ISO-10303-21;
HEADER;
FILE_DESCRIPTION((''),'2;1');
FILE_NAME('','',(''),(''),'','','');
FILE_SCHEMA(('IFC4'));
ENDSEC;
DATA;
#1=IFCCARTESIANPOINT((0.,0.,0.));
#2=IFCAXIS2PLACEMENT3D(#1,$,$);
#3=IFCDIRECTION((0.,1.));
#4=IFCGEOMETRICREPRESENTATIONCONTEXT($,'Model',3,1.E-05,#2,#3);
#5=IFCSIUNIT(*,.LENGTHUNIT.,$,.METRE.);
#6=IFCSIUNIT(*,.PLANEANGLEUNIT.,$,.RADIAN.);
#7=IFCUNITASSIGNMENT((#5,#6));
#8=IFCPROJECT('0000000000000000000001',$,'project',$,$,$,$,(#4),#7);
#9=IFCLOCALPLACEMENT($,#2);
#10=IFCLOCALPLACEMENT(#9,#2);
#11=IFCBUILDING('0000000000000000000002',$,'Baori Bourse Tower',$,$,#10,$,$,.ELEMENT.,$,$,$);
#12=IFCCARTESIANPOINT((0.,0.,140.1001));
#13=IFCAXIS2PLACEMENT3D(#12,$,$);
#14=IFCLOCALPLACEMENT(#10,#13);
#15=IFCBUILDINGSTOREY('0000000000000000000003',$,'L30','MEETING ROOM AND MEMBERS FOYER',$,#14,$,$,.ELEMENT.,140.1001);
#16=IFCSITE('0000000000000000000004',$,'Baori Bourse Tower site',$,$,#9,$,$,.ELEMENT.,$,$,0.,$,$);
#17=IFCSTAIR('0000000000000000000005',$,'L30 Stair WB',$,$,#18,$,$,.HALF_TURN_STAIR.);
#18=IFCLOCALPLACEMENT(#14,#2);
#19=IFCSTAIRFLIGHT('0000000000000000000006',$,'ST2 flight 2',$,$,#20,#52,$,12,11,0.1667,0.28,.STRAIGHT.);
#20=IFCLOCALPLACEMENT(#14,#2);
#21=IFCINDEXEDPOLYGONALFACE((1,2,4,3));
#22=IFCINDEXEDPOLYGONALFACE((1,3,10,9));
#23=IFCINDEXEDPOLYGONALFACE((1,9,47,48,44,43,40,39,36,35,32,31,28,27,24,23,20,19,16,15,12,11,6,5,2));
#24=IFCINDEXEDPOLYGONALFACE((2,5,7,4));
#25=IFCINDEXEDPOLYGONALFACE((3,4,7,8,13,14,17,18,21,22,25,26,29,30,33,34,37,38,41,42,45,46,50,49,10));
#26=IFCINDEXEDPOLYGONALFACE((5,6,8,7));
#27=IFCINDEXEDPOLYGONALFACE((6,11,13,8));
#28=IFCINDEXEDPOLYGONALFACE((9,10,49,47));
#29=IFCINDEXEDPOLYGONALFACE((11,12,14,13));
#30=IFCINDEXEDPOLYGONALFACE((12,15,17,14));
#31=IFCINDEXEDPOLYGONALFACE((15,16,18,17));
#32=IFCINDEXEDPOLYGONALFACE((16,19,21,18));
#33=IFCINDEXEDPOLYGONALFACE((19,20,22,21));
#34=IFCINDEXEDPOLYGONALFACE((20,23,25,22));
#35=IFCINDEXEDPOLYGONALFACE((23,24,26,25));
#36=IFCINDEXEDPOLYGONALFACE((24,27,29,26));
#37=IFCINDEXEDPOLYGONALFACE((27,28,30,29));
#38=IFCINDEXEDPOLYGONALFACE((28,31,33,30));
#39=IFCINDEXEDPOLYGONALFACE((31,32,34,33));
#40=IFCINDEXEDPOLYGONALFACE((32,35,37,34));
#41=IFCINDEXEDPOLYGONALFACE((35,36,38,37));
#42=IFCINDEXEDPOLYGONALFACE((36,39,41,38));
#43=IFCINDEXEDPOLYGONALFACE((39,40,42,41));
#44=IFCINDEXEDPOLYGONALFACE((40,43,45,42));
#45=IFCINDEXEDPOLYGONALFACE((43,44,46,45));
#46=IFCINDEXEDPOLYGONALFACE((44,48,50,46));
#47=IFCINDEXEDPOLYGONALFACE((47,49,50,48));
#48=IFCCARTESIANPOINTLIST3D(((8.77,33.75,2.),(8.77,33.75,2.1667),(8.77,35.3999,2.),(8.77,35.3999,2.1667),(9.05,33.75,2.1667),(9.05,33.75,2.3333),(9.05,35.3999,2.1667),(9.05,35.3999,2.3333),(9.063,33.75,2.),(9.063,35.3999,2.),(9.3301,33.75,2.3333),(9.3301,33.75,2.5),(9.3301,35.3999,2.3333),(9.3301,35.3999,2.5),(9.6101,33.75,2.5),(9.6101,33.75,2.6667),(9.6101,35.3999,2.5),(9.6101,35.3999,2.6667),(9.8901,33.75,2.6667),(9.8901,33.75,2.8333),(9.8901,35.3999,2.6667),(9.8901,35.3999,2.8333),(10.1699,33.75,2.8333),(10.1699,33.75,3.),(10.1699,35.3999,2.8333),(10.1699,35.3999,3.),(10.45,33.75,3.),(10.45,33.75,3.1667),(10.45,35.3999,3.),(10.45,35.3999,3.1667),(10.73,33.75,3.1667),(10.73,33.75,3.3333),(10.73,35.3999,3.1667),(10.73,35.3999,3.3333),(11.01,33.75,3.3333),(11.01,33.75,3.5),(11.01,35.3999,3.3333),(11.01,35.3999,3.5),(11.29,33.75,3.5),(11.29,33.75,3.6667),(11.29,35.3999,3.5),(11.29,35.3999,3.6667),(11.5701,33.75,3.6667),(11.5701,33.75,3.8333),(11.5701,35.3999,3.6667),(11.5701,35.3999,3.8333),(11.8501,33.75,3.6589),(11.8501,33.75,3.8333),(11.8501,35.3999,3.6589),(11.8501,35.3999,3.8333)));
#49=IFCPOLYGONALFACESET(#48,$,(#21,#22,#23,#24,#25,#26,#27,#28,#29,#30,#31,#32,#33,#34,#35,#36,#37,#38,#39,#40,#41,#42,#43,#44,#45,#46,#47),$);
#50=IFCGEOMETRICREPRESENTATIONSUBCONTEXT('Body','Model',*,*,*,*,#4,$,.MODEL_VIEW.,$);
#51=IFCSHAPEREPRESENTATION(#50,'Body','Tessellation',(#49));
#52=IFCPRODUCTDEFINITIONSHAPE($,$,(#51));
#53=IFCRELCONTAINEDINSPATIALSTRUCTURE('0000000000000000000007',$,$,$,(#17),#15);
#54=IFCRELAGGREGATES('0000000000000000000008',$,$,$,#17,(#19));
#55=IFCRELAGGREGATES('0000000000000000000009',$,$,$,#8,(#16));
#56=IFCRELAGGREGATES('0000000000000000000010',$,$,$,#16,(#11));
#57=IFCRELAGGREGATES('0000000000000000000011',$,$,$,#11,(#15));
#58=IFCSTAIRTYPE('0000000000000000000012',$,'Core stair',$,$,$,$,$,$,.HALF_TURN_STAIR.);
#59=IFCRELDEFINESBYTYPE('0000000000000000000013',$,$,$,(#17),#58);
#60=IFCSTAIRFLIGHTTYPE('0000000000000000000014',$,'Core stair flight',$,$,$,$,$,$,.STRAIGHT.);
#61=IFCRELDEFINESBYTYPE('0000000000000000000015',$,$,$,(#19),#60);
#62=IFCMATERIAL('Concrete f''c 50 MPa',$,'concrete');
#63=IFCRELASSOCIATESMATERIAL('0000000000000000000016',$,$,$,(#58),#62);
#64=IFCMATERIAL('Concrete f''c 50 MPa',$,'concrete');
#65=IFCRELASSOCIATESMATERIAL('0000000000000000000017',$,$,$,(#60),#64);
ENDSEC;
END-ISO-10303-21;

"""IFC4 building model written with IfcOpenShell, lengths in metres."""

from ifc_helpers import new_model, si_unit, direction, frame, origin, place, context, subcontext, project, spatial, polyline, outline, extrude, material, type_object, element, aggregate, save


model = new_model("IFC4")

# Units and contexts
model_context = context("Model", 3, precision=1e-05, world=origin(), true_north=direction((0.0, 1.0)))
body_context = subcontext(model_context, "Body", "Model", "MODEL_VIEW")
ifc_project = project(units=[si_unit("LENGTHUNIT", "METRE"), si_unit("PLANEANGLEUNIT", "RADIAN")], contexts=[model_context])

# Site, building, storey
site_placement = place(None, origin())
site = spatial("IfcSite", under=ifc_project, at=site_placement, Name="Baori Bourse Tower site", CompositionType="ELEMENT", RefElevation=0.0)
building_placement = place(site_placement, origin())
building = spatial("IfcBuilding", under=site, at=building_placement, Name="Baori Bourse Tower", CompositionType="ELEMENT")
storey_placement = place(building_placement, frame((0.0, 0.0, 140.1001)))
storey = spatial("IfcBuildingStorey", under=building, at=storey_placement, Name="L30", Description="MEETING ROOM AND MEMBERS FOYER", CompositionType="ELEMENT", Elevation=140.1001)

# Stair, stair flight
ifc_material_1 = material(Name="Concrete f'c 50 MPa", Category="concrete")
stair_type = type_object("IfcStairType", Name="Core stair", PredefinedType="HALF_TURN_STAIR", material=ifc_material_1)
stair_placement = place(storey_placement, origin())
stair = element("IfcStair", 1, at=stair_placement, inside=storey, type_object=stair_type, Name="L30 Stair WB", PredefinedType="HALF_TURN_STAIR")
ifc_material_2 = material(Name="Concrete f'c 50 MPa", Category="concrete")
stair_flight_type = type_object("IfcStairFlightType", Name="Core stair flight", PredefinedType="STRAIGHT", material=ifc_material_2)
stair_flight_1_placement = place(storey_placement, frame((8.77, 34.575, 2.0), z_axis=(0.0, 0.0, 1.0), x_axis=(1.0, 0.0, 0.0)))
stair_flight_1 = element("IfcStairFlight", 2, at=stair_flight_1_placement, type_object=stair_flight_type, Name="ST2 flight 2", NumberOfRisers=12, NumberOfTreads=11, PredefinedType="STRAIGHT", RiserHeight=0.1667, TreadLength=0.28, context=body_context, shape_type="SweptSolid", body=[
    extrude(outline(polyline([(0.0, 0.0), (0.0, 0.1667), (0.28, 0.1667), (0.28, 0.3333), (0.5601, 0.3333), (0.5601, 0.5), (0.8401, 0.5), (0.8401, 0.6667), (1.1201, 0.6667), (1.1201, 0.8333), (1.3999, 0.8333), (1.3999, 1.0), (1.6799, 1.0), (1.6799, 1.1667), (1.96, 1.1667), (1.96, 1.3333), (2.24, 1.3333), (2.24, 1.5), (2.52, 1.5), (2.52, 1.6667), (2.8, 1.6667), (2.8, 1.8333), (3.0801, 1.8333), (3.0801, 2.0), (3.0801, 1.6589), (0.293, 0.0), (0.0, 0.0)])), frame((0.0, 0.825, 0.0), z_axis=(0.0, -1.0, 0.0), x_axis=(1.0, 0.0, 0.0)), (0.0, 0.0, 1.0), 1.6499),
])
aggregate(stair, [stair_flight_1])

save(model, "model.ifc")
